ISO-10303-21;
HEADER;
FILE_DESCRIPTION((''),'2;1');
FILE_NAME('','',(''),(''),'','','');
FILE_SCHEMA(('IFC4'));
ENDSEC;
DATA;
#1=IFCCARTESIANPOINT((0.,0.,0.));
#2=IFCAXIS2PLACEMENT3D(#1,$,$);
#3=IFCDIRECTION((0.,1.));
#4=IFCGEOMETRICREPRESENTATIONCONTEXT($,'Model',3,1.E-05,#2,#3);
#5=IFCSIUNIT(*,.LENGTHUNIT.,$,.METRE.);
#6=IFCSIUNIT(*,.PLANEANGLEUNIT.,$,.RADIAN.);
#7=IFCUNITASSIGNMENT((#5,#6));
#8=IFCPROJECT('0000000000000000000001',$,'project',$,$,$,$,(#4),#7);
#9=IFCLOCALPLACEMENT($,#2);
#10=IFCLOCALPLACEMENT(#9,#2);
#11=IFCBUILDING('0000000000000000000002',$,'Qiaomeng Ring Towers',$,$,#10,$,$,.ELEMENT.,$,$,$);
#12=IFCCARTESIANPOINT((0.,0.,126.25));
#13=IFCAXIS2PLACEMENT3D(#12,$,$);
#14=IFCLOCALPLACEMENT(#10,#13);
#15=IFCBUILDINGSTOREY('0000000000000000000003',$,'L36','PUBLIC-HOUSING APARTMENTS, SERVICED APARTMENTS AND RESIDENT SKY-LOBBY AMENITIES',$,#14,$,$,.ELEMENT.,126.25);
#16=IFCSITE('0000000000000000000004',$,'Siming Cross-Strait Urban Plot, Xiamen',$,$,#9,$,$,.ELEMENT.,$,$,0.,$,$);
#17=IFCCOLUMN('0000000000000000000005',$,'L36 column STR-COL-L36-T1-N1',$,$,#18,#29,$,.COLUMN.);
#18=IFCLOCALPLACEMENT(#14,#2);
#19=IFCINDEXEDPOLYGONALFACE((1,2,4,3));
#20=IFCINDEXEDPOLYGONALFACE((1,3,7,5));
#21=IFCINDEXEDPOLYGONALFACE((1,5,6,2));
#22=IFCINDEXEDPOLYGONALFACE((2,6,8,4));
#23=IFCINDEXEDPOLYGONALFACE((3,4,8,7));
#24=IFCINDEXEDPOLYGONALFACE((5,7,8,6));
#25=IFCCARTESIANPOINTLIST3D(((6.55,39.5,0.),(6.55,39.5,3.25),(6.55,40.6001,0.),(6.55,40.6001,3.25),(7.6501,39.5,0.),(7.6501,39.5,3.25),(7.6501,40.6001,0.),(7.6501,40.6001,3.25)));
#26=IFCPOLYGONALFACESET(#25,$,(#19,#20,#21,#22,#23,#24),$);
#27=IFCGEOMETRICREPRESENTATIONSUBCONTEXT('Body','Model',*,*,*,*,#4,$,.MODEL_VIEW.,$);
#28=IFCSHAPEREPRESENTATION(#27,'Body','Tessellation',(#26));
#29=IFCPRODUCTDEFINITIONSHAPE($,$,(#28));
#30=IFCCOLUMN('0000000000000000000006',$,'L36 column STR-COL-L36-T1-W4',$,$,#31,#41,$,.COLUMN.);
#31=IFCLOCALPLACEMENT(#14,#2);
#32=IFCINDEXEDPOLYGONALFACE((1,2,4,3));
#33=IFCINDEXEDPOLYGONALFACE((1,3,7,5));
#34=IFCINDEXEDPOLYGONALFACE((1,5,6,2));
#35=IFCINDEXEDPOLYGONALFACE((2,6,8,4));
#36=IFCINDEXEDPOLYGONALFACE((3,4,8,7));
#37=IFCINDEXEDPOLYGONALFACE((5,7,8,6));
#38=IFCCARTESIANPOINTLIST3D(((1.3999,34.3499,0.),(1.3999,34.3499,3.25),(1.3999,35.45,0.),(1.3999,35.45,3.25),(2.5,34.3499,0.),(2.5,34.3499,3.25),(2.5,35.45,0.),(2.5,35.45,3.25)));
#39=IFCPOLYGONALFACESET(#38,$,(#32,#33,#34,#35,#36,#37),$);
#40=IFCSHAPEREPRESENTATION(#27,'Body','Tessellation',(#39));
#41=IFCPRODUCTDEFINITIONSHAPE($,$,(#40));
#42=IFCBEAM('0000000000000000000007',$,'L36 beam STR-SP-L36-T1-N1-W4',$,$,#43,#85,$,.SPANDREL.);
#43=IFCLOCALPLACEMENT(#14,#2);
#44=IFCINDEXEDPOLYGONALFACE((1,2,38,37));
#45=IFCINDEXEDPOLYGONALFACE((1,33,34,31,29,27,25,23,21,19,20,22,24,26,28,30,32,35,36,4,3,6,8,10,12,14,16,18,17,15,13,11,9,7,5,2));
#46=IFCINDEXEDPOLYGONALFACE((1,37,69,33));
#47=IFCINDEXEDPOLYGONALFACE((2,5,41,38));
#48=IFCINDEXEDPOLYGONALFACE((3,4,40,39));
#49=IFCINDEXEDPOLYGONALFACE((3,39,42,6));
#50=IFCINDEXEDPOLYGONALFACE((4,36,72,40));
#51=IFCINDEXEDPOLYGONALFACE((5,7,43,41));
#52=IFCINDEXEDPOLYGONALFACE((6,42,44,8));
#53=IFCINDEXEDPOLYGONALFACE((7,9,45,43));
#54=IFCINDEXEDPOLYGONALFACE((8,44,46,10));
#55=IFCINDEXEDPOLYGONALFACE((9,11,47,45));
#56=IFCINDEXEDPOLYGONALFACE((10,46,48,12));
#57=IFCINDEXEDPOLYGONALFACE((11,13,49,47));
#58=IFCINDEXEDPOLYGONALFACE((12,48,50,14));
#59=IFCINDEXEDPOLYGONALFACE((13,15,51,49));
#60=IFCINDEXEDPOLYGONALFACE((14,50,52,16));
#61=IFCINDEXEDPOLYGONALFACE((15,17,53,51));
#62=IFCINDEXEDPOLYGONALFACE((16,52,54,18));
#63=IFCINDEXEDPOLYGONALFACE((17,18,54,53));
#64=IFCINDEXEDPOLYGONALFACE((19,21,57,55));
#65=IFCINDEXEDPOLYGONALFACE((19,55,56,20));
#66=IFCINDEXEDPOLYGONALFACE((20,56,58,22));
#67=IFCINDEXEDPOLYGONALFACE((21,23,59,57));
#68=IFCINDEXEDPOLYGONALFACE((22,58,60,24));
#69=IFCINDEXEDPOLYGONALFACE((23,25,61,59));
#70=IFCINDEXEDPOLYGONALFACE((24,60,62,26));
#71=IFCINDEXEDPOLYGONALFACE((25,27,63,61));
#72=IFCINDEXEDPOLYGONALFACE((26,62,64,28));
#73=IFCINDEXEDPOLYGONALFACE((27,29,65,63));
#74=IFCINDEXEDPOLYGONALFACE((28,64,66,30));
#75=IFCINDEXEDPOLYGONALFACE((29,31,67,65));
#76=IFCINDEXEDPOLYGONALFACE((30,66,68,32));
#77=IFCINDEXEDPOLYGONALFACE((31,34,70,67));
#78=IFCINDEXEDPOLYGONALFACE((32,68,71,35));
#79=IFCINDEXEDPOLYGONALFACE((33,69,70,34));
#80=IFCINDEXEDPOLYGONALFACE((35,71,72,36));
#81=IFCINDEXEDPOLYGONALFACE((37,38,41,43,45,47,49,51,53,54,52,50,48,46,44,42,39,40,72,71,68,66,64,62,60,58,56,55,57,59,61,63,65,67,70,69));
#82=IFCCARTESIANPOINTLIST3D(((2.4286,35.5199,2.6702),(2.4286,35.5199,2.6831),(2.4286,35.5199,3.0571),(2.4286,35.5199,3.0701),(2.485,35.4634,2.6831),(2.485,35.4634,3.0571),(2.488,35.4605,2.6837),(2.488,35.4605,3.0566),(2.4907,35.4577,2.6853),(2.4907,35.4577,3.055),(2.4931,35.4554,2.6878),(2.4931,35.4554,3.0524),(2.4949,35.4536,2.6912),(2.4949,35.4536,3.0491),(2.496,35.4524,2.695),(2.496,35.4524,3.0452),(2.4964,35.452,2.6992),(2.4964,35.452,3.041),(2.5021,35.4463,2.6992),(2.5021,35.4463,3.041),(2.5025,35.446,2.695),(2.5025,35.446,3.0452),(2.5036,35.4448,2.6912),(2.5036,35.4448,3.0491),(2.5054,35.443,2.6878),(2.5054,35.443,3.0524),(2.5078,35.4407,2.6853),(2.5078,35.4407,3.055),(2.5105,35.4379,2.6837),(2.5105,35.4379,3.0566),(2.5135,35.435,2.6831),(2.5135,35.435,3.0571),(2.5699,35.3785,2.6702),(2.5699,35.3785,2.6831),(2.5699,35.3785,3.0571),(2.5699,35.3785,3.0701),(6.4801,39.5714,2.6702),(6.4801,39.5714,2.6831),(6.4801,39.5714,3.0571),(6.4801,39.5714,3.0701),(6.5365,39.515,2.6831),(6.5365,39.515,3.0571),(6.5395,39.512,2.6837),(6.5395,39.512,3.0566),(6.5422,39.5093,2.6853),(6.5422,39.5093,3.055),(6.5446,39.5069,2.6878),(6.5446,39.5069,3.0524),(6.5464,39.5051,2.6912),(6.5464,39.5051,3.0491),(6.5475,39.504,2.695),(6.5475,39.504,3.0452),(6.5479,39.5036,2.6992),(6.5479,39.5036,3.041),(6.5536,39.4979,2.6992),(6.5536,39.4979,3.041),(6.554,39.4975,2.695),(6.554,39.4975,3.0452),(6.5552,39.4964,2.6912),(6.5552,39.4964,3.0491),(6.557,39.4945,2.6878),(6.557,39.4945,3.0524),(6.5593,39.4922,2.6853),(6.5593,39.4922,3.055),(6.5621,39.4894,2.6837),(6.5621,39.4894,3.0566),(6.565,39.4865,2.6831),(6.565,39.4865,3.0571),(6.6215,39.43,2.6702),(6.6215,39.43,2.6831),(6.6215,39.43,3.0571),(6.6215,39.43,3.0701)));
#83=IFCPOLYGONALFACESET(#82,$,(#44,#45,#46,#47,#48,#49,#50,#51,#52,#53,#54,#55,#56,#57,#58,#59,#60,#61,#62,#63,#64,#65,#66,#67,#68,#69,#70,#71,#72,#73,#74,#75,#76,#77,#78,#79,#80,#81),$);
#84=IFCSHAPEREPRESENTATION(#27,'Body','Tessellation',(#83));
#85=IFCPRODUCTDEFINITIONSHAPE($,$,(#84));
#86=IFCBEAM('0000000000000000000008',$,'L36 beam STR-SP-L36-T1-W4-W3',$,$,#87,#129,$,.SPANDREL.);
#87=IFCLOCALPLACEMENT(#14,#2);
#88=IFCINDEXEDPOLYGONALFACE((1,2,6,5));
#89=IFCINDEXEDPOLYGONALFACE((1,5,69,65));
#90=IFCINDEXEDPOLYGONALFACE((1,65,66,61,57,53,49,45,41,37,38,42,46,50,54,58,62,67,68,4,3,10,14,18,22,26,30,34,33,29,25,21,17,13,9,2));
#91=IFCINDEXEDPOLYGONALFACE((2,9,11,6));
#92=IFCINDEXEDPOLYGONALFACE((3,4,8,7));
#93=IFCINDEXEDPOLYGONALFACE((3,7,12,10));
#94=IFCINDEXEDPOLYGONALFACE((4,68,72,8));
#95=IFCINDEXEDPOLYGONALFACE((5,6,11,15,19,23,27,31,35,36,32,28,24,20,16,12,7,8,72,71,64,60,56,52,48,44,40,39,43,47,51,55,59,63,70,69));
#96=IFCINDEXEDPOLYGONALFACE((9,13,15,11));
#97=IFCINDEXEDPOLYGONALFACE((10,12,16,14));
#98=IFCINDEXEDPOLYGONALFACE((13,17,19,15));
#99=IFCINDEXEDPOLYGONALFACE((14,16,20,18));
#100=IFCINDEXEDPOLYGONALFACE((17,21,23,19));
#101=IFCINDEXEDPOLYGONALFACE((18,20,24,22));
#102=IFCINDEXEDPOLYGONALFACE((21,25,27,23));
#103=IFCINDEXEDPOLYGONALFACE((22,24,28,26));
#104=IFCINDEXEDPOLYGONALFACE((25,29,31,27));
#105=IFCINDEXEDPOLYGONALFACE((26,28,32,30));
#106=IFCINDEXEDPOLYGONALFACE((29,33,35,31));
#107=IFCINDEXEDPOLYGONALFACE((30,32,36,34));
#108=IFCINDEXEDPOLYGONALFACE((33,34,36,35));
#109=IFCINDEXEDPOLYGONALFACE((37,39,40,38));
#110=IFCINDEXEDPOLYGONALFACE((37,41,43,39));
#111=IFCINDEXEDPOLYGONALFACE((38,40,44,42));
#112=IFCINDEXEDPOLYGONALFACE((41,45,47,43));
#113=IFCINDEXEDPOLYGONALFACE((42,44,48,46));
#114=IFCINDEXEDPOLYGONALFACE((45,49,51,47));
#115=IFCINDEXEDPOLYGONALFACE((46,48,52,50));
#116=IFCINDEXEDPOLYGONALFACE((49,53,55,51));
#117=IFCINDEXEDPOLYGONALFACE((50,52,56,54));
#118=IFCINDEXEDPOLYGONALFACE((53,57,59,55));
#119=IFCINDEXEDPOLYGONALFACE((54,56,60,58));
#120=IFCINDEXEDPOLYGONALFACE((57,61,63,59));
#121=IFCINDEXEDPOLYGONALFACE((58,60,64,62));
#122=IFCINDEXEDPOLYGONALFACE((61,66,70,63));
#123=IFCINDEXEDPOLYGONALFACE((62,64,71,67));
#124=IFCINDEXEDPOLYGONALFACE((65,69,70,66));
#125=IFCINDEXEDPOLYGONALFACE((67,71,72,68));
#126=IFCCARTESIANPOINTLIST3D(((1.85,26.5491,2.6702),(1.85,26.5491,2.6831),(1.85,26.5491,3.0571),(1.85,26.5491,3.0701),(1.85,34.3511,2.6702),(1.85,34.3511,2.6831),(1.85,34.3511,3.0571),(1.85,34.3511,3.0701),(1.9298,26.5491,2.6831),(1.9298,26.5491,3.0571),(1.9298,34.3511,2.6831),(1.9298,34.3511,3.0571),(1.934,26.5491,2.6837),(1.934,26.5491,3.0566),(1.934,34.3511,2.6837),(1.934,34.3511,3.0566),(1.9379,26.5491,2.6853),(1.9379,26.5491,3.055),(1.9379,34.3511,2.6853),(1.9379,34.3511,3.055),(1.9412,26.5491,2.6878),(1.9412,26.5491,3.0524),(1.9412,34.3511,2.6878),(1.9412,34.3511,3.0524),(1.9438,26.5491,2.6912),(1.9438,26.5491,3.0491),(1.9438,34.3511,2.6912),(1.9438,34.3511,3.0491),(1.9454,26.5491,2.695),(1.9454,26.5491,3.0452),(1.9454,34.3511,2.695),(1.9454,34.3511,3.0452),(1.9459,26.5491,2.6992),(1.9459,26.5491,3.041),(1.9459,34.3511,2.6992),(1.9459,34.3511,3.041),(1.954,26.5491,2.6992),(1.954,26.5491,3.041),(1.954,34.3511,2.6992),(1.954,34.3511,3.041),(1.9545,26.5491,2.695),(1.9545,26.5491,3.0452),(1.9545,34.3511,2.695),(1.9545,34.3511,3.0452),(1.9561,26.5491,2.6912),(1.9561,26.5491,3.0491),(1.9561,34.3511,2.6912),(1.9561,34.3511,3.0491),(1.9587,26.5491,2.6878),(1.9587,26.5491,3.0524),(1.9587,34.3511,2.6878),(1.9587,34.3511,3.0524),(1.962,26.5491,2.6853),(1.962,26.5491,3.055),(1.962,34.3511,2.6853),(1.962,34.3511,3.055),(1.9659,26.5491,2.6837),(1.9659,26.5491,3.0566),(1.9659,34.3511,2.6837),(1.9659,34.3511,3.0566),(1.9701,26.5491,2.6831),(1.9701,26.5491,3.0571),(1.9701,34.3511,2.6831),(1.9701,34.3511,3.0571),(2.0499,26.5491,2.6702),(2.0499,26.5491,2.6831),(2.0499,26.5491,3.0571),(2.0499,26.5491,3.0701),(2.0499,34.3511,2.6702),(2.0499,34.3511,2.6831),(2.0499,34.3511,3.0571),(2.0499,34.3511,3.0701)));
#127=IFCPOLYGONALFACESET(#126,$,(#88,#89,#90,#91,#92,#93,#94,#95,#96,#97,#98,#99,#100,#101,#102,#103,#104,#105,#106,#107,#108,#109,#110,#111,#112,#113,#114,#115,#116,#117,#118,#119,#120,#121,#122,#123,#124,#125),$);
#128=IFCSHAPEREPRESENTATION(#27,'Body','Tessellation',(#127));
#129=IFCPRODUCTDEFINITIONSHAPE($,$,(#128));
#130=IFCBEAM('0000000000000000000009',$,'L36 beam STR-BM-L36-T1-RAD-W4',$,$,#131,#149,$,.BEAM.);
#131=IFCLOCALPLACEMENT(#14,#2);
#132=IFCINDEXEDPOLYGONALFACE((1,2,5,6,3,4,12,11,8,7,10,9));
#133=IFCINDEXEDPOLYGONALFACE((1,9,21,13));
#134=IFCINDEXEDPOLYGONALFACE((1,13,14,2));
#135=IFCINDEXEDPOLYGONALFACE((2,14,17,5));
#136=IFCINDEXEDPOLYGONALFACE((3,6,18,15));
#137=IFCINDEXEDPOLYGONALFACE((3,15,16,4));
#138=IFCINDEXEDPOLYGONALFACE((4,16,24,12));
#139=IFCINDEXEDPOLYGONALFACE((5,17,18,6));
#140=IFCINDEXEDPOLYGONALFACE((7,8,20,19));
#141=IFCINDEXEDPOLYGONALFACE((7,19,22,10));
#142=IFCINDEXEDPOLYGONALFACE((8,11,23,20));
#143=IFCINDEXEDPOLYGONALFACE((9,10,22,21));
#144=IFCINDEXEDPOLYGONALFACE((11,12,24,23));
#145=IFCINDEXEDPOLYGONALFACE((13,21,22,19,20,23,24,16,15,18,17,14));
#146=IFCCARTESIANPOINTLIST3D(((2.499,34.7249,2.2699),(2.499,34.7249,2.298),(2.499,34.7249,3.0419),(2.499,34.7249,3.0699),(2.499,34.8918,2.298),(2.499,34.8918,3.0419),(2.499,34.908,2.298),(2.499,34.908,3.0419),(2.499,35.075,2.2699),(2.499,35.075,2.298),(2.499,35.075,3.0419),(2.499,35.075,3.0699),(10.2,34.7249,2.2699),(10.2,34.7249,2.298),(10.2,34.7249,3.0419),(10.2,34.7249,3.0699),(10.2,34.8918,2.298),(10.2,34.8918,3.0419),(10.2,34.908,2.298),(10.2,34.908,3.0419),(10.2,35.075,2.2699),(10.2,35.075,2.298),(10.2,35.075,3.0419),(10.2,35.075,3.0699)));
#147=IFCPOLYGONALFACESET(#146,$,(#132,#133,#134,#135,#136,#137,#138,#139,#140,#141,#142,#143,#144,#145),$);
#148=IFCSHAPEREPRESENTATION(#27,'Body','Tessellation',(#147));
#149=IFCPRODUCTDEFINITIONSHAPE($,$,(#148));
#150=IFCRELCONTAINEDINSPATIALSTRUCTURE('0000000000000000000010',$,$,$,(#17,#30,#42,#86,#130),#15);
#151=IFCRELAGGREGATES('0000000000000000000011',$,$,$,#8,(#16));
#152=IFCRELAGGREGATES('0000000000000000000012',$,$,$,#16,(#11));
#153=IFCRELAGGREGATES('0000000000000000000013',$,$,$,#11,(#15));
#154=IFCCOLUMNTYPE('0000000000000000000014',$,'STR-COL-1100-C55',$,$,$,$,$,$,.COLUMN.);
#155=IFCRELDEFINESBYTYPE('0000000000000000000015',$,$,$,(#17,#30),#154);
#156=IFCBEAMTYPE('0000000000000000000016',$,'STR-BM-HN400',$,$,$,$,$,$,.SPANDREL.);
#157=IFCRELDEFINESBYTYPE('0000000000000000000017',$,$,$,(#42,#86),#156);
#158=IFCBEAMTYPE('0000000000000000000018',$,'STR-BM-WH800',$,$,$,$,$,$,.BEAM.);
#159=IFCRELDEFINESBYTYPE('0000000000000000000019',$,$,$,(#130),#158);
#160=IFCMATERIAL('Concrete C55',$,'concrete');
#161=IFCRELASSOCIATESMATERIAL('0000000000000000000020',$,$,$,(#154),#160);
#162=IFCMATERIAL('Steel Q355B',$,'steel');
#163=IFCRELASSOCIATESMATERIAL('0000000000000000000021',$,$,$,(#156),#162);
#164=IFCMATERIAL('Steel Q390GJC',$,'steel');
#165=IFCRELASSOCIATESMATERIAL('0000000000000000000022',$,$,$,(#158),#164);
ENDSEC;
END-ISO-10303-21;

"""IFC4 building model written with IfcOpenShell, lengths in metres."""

from ifc_helpers import new_model, si_unit, direction, frame, origin, origin_2d, place, context, subcontext, project, spatial, rectangle, i_section, extrude, source, transform, mapped, material, material_profile, profile_set, type_object, element, save


model = new_model("IFC4")

# Units and contexts
model_context = context("Model", 3, precision=1e-05, world=origin(), true_north=direction((0.0, 1.0)))
body_context = subcontext(model_context, "Body", "Model", "MODEL_VIEW")
ifc_project = project(units=[si_unit("LENGTHUNIT", "METRE"), si_unit("PLANEANGLEUNIT", "RADIAN")], contexts=[model_context])

# Site, building, storey
site_placement = place(None, origin())
site = spatial("IfcSite", under=ifc_project, at=site_placement, Name="Siming Cross-Strait Urban Plot, Xiamen", CompositionType="ELEMENT", RefElevation=0.0)
building_placement = place(site_placement, origin())
building = spatial("IfcBuilding", under=site, at=building_placement, Name="Qiaomeng Ring Towers", CompositionType="ELEMENT")
storey_placement = place(building_placement, frame((0.0, 0.0, 126.25)))
storey = spatial("IfcBuildingStorey", under=building, at=storey_placement, Name="L36", Description="PUBLIC-HOUSING APARTMENTS, SERVICED APARTMENTS AND RESIDENT SKY-LOBBY AMENITIES", CompositionType="ELEMENT", Elevation=126.25)

# Columns
ifc_material_1 = material(Name="Concrete C55", Category="concrete")
ifc_material_profile_1 = material_profile(ifc_material_1, rectangle(XDim=1.1001, YDim=1.1001, at=origin_2d()), Name="RC COL 1100x1100")
ifc_profile_set_1 = profile_set([ifc_material_profile_1], Name="Concrete C55")
column_type = type_object("IfcColumnType", Name="STR-COL-1100-C55", PredefinedType="COLUMN", material=ifc_profile_set_1)
shared_shape_1 = source(origin(), body_context, "Body", "SweptSolid", [
    extrude(rectangle(XDim=1.1001, YDim=1.1001, at=origin_2d()), origin(), (0.0, 0.0, 1.0), 3.25),
])
for number, where, z_axis, x_axis, name in (
    (1, (7.1001, 40.05, 0.0), (0.0, 0.0, 1.0), (1.0, 0.0, 0.0), "L36 column STR-COL-L36-T1-N1"),
    (2, (1.95, 34.8999, 0.0), (0.0, 0.0, 1.0), (1.0, 0.0, 0.0), "L36 column STR-COL-L36-T1-W4"),
):
    element("IfcColumn", number, at=place(storey_placement, frame(where, z_axis=z_axis, x_axis=x_axis)), inside=storey, type_object=column_type, Name=name, PredefinedType="COLUMN", context=body_context, shape_type="MappedRepresentation", body=[
        mapped(shared_shape_1, transform((0.0, 0.0, 0.0), x_axis=(1.0, 0.0, 0.0), y_axis=(0.0, 1.0, 0.0), z_axis=(0.0, 0.0, 1.0), scale=1.0)),
    ])

# Beams
ifc_material_2 = material(Name="Steel Q355B", Category="steel")
ifc_material_profile_2 = material_profile(ifc_material_2, i_section(OverallWidth=0.2, OverallDepth=0.3999, WebThickness=0.0081, FlangeThickness=0.0129, FilletRadius=0.0161, at=origin_2d()), Name="HN 400x200x8x13")
ifc_profile_set_2 = profile_set([ifc_material_profile_2], Name="Steel Q355B")
beam_type_1 = type_object("IfcBeamType", Name="STR-BM-HN400", PredefinedType="SPANDREL", material=ifc_profile_set_2)
shared_shape_2 = source(origin(), body_context, "Body", "SweptSolid", [
    extrude(i_section(OverallWidth=0.2, OverallDepth=0.3999, WebThickness=0.0081, FlangeThickness=0.0129, FilletRadius=0.0161, at=origin_2d()), origin(), (0.0, 0.0, 1.0), 5.7297),
])
beam_1_placement = place(storey_placement, frame((6.5508, 39.5007, 2.8701), z_axis=(-0.707107, -0.707107, 0.0), x_axis=(0.707107, -0.707107, 0.0)))
element("IfcBeam", 3, at=beam_1_placement, inside=storey, type_object=beam_type_1, Name="L36 beam STR-SP-L36-T1-N1-W4", PredefinedType="SPANDREL", context=body_context, shape_type="MappedRepresentation", body=[
    mapped(shared_shape_2, transform((0.0, 0.0, 0.0), x_axis=(1.0, 0.0, 0.0), y_axis=(0.0, 1.0, 0.0), z_axis=(0.0, 0.0, 1.0), scale=1.0)),
])
shared_shape_3 = source(origin(), body_context, "Body", "SweptSolid", [
    extrude(i_section(OverallWidth=0.2, OverallDepth=0.3999, WebThickness=0.0081, FlangeThickness=0.0129, FilletRadius=0.0161, at=origin_2d()), origin(), (0.0, 0.0, 1.0), 7.802),
])
beam_2_placement = place(storey_placement, frame((1.95, 34.3511, 2.8701), z_axis=(0.0, -1.0, 0.0), x_axis=(1.0, 0.0, 0.0)))
element("IfcBeam", 4, at=beam_2_placement, inside=storey, type_object=beam_type_1, Name="L36 beam STR-SP-L36-T1-W4-W3", PredefinedType="SPANDREL", context=body_context, shape_type="MappedRepresentation", body=[
    mapped(shared_shape_3, transform((0.0, 0.0, 0.0), x_axis=(1.0, 0.0, 0.0), y_axis=(0.0, 1.0, 0.0), z_axis=(0.0, 0.0, 1.0), scale=1.0)),
])
ifc_material_3 = material(Name="Steel Q390GJC", Category="steel")
ifc_material_profile_3 = material_profile(ifc_material_3, i_section(OverallWidth=0.3501, OverallDepth=0.8, WebThickness=0.0161, FlangeThickness=0.0281, at=origin_2d()), Name="WH 800x350x16x28")
ifc_profile_set_3 = profile_set([ifc_material_profile_3], Name="Steel Q390GJC")
beam_type_2 = type_object("IfcBeamType", Name="STR-BM-WH800", PredefinedType="BEAM", material=ifc_profile_set_3)
shared_shape_4 = source(origin(), body_context, "Body", "SweptSolid", [
    extrude(i_section(OverallWidth=0.3501, OverallDepth=0.8, WebThickness=0.0161, FlangeThickness=0.0281, at=origin_2d()), origin(), (0.0, 0.0, 1.0), 7.7009),
])
beam_3_placement = place(storey_placement, frame((2.499, 34.8999, 2.6699), z_axis=(1.0, 0.0, 0.0), x_axis=(0.0, 1.0, 0.0)))
element("IfcBeam", 5, at=beam_3_placement, inside=storey, type_object=beam_type_2, Name="L36 beam STR-BM-L36-T1-RAD-W4", PredefinedType="BEAM", context=body_context, shape_type="MappedRepresentation", body=[
    mapped(shared_shape_4, transform((0.0, 0.0, 0.0), x_axis=(1.0, 0.0, 0.0), y_axis=(0.0, 1.0, 0.0), z_axis=(0.0, 0.0, 1.0), scale=1.0)),
])

save(model, "model.ifc")
